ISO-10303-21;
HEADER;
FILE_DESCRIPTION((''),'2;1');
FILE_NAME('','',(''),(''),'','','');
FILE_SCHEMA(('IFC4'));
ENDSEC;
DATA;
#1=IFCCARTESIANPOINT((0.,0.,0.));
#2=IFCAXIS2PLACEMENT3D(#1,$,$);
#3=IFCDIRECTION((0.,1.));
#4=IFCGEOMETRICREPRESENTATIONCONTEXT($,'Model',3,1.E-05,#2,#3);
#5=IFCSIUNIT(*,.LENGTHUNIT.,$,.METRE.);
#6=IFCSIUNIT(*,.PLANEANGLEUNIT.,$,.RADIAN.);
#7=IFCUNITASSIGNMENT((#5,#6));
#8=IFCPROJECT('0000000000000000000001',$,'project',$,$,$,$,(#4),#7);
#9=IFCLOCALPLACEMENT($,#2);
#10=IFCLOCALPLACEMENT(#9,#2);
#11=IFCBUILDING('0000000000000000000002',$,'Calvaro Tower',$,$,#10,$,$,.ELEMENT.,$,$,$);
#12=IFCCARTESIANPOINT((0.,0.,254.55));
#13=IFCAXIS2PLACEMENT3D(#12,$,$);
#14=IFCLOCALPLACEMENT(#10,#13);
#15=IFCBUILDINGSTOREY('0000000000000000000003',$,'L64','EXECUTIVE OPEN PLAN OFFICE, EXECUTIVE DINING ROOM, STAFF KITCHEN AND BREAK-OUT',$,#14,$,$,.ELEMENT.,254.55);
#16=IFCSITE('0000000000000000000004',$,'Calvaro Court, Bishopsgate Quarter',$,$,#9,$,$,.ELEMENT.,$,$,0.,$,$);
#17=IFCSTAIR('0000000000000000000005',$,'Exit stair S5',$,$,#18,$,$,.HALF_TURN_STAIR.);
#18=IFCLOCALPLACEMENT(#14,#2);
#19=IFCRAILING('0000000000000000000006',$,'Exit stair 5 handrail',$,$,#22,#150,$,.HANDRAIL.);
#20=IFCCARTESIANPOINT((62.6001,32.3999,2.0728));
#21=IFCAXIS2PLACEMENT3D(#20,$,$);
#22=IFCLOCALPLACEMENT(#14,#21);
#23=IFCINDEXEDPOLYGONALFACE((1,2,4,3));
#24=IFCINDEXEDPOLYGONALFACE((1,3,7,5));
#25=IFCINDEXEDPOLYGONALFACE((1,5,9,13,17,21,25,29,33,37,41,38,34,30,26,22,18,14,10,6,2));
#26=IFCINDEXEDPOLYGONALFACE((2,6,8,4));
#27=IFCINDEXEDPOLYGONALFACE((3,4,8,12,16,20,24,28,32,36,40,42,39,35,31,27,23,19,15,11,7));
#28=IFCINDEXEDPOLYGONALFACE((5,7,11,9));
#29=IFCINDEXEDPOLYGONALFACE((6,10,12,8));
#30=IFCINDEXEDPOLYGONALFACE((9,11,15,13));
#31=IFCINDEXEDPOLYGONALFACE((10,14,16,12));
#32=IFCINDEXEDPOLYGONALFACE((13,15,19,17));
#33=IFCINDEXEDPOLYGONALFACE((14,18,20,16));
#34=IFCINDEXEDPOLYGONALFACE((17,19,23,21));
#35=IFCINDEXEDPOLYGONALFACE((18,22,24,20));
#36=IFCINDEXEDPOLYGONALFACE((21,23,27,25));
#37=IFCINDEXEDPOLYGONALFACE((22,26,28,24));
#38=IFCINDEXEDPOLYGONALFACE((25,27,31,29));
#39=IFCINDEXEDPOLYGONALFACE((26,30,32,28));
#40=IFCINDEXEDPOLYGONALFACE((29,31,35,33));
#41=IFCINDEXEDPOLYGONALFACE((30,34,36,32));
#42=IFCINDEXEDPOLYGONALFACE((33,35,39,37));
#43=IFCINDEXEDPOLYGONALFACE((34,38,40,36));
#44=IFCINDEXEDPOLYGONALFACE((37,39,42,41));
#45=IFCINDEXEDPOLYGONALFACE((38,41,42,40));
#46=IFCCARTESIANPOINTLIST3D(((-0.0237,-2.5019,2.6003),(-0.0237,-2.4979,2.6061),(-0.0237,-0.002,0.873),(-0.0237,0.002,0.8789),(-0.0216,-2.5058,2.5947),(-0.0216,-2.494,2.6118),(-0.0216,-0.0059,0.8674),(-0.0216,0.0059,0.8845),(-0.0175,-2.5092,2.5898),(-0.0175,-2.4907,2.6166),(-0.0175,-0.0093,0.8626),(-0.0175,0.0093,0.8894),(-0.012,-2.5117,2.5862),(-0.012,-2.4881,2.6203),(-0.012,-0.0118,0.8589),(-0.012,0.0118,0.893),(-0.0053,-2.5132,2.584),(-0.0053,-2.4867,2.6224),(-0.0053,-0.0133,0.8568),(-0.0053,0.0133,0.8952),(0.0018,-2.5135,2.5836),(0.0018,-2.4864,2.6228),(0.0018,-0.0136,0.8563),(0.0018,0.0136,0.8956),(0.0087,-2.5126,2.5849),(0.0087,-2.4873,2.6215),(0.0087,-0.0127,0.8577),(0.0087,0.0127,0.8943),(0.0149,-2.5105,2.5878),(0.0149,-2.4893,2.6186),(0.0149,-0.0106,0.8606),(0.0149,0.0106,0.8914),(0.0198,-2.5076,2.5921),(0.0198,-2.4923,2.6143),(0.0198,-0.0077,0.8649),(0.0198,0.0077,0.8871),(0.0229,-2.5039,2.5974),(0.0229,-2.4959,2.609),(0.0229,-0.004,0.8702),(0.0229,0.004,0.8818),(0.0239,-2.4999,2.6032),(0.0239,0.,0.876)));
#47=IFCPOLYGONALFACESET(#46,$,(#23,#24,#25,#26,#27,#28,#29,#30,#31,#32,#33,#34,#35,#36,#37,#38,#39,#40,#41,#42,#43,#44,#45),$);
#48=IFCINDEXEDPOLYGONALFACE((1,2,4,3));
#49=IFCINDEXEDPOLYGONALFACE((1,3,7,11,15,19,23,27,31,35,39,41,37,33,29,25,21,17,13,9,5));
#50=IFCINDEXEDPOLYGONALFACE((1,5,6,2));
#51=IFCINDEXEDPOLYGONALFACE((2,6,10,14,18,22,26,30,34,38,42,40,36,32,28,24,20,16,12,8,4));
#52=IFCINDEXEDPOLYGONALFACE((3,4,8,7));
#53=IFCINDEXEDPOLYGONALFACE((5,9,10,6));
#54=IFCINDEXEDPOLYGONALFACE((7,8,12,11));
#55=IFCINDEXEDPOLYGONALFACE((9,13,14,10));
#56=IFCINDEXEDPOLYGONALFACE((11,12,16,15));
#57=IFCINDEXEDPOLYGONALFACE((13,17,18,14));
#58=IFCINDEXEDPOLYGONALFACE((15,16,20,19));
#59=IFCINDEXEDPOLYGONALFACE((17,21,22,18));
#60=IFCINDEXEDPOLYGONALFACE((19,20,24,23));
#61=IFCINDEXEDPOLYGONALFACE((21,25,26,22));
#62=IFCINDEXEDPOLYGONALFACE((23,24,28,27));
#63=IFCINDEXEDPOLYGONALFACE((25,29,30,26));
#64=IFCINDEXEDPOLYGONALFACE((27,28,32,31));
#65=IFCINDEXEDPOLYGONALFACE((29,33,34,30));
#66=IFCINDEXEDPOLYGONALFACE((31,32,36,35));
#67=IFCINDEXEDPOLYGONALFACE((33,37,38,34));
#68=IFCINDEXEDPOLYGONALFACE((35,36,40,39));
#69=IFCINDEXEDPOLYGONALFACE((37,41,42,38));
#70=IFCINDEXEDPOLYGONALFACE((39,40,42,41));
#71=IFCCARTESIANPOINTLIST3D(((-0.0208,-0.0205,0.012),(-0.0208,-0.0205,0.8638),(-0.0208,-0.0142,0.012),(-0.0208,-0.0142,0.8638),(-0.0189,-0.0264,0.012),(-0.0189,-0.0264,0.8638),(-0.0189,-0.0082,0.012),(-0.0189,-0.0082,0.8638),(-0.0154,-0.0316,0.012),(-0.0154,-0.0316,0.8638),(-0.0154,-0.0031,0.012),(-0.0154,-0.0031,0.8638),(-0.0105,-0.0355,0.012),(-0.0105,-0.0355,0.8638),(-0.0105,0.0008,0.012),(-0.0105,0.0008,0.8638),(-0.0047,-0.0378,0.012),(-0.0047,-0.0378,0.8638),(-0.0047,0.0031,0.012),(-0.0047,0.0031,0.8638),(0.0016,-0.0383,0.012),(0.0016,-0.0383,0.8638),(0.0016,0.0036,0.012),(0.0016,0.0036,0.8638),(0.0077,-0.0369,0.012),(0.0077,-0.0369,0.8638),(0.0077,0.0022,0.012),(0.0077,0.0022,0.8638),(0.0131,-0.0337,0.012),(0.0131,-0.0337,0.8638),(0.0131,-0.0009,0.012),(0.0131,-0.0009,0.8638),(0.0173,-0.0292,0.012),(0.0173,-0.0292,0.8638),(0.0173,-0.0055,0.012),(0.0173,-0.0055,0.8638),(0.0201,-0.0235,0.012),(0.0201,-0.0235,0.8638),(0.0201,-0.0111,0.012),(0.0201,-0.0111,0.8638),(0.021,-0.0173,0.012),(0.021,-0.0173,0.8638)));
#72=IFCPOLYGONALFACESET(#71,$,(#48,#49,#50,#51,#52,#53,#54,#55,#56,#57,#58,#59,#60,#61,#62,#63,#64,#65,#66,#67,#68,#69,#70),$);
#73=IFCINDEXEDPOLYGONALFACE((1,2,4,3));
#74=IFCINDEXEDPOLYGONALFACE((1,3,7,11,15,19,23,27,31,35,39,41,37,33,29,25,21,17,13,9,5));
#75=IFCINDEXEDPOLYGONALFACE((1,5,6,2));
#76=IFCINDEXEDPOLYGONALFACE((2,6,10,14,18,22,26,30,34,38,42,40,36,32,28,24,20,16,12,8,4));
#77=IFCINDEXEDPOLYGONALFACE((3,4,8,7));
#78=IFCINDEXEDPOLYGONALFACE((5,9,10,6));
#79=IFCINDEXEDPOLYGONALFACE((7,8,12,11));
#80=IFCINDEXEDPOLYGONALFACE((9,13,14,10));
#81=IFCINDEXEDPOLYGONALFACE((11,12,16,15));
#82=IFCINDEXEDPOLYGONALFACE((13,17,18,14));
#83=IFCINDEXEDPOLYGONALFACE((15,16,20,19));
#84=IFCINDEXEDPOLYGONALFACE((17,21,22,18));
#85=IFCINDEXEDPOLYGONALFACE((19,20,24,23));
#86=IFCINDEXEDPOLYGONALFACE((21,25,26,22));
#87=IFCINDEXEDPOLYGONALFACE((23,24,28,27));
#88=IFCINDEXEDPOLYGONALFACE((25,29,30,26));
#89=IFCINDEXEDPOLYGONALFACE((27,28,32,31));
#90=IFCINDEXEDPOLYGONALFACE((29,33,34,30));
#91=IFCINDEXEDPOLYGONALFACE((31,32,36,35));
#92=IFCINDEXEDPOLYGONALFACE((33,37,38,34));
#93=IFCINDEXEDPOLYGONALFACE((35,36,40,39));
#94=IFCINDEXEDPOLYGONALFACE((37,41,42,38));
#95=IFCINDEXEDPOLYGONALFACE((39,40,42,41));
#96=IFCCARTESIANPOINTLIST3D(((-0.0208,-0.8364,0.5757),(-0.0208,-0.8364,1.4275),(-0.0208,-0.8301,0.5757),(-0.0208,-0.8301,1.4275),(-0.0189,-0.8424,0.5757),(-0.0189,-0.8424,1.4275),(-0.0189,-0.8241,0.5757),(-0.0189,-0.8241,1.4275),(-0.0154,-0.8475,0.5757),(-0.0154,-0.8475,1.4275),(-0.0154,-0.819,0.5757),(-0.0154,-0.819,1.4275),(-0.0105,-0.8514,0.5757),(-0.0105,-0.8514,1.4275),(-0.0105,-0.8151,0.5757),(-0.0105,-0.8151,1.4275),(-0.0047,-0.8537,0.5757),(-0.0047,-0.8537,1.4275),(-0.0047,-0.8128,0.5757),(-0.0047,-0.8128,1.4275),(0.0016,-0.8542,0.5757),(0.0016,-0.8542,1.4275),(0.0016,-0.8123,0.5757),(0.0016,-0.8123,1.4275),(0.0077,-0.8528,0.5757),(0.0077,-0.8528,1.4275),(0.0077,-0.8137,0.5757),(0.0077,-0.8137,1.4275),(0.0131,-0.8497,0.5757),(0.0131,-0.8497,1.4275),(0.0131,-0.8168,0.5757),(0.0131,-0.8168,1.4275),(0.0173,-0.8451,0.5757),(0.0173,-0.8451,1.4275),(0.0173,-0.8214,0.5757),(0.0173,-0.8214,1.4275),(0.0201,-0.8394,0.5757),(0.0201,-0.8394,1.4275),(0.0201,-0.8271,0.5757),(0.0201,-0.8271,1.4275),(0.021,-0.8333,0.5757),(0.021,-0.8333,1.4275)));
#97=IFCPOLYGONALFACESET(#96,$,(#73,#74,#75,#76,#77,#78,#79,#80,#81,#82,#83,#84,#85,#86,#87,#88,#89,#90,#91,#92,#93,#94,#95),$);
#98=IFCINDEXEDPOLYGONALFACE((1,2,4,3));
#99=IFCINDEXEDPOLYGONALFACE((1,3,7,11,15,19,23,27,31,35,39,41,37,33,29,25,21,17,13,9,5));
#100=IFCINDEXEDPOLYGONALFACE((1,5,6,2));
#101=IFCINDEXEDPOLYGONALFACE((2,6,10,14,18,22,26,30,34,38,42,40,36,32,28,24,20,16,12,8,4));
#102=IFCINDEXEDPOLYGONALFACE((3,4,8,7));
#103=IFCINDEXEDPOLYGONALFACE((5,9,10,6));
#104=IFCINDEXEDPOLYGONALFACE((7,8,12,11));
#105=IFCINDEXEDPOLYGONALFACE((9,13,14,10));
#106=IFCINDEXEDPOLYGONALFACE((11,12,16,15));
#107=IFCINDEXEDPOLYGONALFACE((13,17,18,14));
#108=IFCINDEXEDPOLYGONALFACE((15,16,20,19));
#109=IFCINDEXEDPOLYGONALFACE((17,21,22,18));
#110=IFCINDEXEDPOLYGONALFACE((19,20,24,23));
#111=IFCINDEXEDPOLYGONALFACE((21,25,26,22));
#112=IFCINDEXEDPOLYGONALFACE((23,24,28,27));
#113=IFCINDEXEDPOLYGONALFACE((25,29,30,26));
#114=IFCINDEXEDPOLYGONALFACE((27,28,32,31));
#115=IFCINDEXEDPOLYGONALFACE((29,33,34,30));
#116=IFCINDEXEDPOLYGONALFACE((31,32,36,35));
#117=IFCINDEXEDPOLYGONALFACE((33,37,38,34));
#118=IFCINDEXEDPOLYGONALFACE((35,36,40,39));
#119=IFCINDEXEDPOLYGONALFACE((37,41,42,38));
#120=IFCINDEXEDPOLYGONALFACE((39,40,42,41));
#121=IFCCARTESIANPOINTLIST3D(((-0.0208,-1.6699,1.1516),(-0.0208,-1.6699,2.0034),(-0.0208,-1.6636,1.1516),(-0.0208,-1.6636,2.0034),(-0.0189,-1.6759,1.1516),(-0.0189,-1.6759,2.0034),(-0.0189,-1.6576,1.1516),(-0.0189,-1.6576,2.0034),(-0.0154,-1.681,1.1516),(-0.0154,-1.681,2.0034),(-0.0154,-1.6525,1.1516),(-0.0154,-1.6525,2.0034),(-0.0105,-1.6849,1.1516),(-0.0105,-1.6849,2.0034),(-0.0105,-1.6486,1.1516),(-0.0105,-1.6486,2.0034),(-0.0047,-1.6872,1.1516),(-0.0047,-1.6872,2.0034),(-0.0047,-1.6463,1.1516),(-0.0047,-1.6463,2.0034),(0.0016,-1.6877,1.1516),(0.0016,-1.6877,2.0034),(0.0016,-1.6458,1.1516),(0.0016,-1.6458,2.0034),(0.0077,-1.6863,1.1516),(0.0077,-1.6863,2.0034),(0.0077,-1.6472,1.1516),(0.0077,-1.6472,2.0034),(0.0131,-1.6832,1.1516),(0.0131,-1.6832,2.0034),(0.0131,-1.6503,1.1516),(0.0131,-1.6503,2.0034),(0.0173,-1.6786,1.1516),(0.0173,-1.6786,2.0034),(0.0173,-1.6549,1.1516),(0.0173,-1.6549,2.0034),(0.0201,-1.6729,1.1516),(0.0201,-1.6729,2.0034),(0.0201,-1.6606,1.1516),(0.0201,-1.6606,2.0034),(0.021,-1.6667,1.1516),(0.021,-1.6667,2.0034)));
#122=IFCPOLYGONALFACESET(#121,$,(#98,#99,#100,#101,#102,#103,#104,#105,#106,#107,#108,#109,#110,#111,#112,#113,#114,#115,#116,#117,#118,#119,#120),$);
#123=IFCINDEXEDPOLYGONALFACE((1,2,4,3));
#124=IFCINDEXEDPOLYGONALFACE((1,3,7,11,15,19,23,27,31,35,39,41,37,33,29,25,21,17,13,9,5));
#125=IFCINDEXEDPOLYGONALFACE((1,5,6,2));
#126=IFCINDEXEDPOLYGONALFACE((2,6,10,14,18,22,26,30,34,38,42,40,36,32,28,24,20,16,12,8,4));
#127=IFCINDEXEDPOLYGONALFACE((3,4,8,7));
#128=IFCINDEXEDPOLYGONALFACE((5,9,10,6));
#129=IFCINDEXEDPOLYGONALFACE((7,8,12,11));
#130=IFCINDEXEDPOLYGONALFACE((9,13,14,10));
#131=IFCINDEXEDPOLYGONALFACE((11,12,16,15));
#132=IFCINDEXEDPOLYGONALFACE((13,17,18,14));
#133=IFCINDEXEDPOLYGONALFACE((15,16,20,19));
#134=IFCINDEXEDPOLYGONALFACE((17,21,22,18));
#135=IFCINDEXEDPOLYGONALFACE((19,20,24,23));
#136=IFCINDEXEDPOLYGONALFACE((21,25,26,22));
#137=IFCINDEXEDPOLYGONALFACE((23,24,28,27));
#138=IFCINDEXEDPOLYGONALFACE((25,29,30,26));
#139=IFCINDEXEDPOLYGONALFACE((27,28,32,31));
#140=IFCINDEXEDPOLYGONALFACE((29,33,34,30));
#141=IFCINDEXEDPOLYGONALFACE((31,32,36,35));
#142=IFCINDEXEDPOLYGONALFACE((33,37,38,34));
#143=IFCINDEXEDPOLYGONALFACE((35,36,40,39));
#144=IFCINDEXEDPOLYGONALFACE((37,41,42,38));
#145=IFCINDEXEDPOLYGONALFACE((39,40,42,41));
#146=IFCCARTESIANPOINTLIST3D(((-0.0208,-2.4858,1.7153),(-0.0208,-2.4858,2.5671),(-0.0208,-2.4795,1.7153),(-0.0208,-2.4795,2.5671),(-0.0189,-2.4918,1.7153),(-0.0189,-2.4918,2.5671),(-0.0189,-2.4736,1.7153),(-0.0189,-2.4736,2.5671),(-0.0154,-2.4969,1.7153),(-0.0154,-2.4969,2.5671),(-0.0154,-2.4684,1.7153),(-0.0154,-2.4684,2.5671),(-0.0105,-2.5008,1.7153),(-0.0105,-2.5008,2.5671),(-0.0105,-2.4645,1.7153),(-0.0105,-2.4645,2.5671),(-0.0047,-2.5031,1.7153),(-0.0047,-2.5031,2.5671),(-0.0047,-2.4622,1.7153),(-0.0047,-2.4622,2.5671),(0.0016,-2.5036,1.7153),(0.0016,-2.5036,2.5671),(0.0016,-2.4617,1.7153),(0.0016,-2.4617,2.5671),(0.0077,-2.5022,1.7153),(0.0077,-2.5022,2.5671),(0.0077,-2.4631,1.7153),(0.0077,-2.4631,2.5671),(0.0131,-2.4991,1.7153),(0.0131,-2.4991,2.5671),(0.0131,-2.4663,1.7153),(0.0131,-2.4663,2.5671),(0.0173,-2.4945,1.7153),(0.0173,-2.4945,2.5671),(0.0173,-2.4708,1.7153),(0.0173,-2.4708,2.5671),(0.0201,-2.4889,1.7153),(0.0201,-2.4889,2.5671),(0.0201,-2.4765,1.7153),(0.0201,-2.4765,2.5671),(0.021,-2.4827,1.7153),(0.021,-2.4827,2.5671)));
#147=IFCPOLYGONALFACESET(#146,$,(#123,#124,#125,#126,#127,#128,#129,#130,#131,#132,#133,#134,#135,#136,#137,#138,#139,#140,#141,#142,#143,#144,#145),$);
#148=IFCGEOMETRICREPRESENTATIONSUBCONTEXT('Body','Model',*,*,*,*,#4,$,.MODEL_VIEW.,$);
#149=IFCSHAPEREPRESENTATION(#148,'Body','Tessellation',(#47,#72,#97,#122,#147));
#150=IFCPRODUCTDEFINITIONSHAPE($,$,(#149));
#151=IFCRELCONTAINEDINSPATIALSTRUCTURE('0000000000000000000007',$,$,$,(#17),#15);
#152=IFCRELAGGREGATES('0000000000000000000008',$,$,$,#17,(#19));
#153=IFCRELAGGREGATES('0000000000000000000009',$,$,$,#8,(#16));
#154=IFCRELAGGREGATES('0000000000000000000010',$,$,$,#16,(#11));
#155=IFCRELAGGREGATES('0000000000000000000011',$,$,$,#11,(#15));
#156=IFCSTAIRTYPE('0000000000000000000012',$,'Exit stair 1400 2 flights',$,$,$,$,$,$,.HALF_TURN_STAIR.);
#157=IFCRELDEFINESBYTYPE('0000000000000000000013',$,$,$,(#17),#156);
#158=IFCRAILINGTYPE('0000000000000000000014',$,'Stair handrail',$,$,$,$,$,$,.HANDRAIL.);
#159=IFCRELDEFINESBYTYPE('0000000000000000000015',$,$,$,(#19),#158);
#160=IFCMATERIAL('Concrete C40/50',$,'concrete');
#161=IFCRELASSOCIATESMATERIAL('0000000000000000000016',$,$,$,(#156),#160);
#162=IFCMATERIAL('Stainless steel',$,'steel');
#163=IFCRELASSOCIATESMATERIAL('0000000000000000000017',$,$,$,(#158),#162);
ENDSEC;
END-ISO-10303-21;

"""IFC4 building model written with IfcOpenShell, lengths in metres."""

from ifc_helpers import new_model, si_unit, direction, frame, origin, origin_2d, place, context, subcontext, project, spatial, circle, extrude, material, type_object, element, aggregate, save


model = new_model("IFC4")

# Units and contexts
model_context = context("Model", 3, precision=1e-05, world=origin(), true_north=direction((0.0, 1.0)))
body_context = subcontext(model_context, "Body", "Model", "MODEL_VIEW")
ifc_project = project(units=[si_unit("LENGTHUNIT", "METRE"), si_unit("PLANEANGLEUNIT", "RADIAN")], contexts=[model_context])

# Site, building, storey
site_placement = place(None, origin())
site = spatial("IfcSite", under=ifc_project, at=site_placement, Name="Calvaro Court, Bishopsgate Quarter", CompositionType="ELEMENT", RefElevation=0.0)
building_placement = place(site_placement, origin())
building = spatial("IfcBuilding", under=site, at=building_placement, Name="Calvaro Tower", CompositionType="ELEMENT")
storey_placement = place(building_placement, frame((0.0, 0.0, 254.55)))
storey = spatial("IfcBuildingStorey", under=building, at=storey_placement, Name="L64", Description="EXECUTIVE OPEN PLAN OFFICE, EXECUTIVE DINING ROOM, STAFF KITCHEN AND BREAK-OUT", CompositionType="ELEMENT", Elevation=254.55)

# Stair, railing
ifc_material_1 = material(Name="Concrete C40/50", Category="concrete")
stair_type = type_object("IfcStairType", Name="Exit stair 1400 2 flights", PredefinedType="HALF_TURN_STAIR", material=ifc_material_1)
stair_placement = place(storey_placement, origin())
stair = element("IfcStair", 1, at=stair_placement, inside=storey, type_object=stair_type, Name="Exit stair S5", PredefinedType="HALF_TURN_STAIR")
ifc_material_2 = material(Name="Stainless steel", Category="steel")
railing_type = type_object("IfcRailingType", Name="Stair handrail", PredefinedType="HANDRAIL", material=ifc_material_2)
railing_1_placement = place(storey_placement, frame((62.6001, 32.3999, 2.0728)))
railing_1 = element("IfcRailing", 2, at=railing_1_placement, type_object=railing_type, Name="Exit stair 5 handrail", PredefinedType="HANDRAIL", context=body_context, shape_type="SweptSolid", body=[
    extrude(circle(Radius=0.0239, at=origin_2d()), frame((0.0, 0.0, 0.876), z_axis=(0.0, -0.822727, 0.568437), x_axis=(1.0, 0.0, 0.0)), (0.0, 0.0, 1.0), 3.0386),
    extrude(circle(Radius=0.021, at=origin_2d()), frame((0.0, -0.0173, 0.012)), (0.0, 0.0, 1.0), 0.8518),
    extrude(circle(Radius=0.021, at=origin_2d()), frame((0.0, -0.8333, 0.5757)), (0.0, 0.0, 1.0), 0.8518),
    extrude(circle(Radius=0.021, at=origin_2d()), frame((0.0, -1.6667, 1.1516)), (0.0, 0.0, 1.0), 0.8518),
    extrude(circle(Radius=0.021, at=origin_2d()), frame((0.0, -2.4827, 1.7153)), (0.0, 0.0, 1.0), 0.8518),
])
aggregate(stair, [railing_1])

save(model, "model.ifc")
